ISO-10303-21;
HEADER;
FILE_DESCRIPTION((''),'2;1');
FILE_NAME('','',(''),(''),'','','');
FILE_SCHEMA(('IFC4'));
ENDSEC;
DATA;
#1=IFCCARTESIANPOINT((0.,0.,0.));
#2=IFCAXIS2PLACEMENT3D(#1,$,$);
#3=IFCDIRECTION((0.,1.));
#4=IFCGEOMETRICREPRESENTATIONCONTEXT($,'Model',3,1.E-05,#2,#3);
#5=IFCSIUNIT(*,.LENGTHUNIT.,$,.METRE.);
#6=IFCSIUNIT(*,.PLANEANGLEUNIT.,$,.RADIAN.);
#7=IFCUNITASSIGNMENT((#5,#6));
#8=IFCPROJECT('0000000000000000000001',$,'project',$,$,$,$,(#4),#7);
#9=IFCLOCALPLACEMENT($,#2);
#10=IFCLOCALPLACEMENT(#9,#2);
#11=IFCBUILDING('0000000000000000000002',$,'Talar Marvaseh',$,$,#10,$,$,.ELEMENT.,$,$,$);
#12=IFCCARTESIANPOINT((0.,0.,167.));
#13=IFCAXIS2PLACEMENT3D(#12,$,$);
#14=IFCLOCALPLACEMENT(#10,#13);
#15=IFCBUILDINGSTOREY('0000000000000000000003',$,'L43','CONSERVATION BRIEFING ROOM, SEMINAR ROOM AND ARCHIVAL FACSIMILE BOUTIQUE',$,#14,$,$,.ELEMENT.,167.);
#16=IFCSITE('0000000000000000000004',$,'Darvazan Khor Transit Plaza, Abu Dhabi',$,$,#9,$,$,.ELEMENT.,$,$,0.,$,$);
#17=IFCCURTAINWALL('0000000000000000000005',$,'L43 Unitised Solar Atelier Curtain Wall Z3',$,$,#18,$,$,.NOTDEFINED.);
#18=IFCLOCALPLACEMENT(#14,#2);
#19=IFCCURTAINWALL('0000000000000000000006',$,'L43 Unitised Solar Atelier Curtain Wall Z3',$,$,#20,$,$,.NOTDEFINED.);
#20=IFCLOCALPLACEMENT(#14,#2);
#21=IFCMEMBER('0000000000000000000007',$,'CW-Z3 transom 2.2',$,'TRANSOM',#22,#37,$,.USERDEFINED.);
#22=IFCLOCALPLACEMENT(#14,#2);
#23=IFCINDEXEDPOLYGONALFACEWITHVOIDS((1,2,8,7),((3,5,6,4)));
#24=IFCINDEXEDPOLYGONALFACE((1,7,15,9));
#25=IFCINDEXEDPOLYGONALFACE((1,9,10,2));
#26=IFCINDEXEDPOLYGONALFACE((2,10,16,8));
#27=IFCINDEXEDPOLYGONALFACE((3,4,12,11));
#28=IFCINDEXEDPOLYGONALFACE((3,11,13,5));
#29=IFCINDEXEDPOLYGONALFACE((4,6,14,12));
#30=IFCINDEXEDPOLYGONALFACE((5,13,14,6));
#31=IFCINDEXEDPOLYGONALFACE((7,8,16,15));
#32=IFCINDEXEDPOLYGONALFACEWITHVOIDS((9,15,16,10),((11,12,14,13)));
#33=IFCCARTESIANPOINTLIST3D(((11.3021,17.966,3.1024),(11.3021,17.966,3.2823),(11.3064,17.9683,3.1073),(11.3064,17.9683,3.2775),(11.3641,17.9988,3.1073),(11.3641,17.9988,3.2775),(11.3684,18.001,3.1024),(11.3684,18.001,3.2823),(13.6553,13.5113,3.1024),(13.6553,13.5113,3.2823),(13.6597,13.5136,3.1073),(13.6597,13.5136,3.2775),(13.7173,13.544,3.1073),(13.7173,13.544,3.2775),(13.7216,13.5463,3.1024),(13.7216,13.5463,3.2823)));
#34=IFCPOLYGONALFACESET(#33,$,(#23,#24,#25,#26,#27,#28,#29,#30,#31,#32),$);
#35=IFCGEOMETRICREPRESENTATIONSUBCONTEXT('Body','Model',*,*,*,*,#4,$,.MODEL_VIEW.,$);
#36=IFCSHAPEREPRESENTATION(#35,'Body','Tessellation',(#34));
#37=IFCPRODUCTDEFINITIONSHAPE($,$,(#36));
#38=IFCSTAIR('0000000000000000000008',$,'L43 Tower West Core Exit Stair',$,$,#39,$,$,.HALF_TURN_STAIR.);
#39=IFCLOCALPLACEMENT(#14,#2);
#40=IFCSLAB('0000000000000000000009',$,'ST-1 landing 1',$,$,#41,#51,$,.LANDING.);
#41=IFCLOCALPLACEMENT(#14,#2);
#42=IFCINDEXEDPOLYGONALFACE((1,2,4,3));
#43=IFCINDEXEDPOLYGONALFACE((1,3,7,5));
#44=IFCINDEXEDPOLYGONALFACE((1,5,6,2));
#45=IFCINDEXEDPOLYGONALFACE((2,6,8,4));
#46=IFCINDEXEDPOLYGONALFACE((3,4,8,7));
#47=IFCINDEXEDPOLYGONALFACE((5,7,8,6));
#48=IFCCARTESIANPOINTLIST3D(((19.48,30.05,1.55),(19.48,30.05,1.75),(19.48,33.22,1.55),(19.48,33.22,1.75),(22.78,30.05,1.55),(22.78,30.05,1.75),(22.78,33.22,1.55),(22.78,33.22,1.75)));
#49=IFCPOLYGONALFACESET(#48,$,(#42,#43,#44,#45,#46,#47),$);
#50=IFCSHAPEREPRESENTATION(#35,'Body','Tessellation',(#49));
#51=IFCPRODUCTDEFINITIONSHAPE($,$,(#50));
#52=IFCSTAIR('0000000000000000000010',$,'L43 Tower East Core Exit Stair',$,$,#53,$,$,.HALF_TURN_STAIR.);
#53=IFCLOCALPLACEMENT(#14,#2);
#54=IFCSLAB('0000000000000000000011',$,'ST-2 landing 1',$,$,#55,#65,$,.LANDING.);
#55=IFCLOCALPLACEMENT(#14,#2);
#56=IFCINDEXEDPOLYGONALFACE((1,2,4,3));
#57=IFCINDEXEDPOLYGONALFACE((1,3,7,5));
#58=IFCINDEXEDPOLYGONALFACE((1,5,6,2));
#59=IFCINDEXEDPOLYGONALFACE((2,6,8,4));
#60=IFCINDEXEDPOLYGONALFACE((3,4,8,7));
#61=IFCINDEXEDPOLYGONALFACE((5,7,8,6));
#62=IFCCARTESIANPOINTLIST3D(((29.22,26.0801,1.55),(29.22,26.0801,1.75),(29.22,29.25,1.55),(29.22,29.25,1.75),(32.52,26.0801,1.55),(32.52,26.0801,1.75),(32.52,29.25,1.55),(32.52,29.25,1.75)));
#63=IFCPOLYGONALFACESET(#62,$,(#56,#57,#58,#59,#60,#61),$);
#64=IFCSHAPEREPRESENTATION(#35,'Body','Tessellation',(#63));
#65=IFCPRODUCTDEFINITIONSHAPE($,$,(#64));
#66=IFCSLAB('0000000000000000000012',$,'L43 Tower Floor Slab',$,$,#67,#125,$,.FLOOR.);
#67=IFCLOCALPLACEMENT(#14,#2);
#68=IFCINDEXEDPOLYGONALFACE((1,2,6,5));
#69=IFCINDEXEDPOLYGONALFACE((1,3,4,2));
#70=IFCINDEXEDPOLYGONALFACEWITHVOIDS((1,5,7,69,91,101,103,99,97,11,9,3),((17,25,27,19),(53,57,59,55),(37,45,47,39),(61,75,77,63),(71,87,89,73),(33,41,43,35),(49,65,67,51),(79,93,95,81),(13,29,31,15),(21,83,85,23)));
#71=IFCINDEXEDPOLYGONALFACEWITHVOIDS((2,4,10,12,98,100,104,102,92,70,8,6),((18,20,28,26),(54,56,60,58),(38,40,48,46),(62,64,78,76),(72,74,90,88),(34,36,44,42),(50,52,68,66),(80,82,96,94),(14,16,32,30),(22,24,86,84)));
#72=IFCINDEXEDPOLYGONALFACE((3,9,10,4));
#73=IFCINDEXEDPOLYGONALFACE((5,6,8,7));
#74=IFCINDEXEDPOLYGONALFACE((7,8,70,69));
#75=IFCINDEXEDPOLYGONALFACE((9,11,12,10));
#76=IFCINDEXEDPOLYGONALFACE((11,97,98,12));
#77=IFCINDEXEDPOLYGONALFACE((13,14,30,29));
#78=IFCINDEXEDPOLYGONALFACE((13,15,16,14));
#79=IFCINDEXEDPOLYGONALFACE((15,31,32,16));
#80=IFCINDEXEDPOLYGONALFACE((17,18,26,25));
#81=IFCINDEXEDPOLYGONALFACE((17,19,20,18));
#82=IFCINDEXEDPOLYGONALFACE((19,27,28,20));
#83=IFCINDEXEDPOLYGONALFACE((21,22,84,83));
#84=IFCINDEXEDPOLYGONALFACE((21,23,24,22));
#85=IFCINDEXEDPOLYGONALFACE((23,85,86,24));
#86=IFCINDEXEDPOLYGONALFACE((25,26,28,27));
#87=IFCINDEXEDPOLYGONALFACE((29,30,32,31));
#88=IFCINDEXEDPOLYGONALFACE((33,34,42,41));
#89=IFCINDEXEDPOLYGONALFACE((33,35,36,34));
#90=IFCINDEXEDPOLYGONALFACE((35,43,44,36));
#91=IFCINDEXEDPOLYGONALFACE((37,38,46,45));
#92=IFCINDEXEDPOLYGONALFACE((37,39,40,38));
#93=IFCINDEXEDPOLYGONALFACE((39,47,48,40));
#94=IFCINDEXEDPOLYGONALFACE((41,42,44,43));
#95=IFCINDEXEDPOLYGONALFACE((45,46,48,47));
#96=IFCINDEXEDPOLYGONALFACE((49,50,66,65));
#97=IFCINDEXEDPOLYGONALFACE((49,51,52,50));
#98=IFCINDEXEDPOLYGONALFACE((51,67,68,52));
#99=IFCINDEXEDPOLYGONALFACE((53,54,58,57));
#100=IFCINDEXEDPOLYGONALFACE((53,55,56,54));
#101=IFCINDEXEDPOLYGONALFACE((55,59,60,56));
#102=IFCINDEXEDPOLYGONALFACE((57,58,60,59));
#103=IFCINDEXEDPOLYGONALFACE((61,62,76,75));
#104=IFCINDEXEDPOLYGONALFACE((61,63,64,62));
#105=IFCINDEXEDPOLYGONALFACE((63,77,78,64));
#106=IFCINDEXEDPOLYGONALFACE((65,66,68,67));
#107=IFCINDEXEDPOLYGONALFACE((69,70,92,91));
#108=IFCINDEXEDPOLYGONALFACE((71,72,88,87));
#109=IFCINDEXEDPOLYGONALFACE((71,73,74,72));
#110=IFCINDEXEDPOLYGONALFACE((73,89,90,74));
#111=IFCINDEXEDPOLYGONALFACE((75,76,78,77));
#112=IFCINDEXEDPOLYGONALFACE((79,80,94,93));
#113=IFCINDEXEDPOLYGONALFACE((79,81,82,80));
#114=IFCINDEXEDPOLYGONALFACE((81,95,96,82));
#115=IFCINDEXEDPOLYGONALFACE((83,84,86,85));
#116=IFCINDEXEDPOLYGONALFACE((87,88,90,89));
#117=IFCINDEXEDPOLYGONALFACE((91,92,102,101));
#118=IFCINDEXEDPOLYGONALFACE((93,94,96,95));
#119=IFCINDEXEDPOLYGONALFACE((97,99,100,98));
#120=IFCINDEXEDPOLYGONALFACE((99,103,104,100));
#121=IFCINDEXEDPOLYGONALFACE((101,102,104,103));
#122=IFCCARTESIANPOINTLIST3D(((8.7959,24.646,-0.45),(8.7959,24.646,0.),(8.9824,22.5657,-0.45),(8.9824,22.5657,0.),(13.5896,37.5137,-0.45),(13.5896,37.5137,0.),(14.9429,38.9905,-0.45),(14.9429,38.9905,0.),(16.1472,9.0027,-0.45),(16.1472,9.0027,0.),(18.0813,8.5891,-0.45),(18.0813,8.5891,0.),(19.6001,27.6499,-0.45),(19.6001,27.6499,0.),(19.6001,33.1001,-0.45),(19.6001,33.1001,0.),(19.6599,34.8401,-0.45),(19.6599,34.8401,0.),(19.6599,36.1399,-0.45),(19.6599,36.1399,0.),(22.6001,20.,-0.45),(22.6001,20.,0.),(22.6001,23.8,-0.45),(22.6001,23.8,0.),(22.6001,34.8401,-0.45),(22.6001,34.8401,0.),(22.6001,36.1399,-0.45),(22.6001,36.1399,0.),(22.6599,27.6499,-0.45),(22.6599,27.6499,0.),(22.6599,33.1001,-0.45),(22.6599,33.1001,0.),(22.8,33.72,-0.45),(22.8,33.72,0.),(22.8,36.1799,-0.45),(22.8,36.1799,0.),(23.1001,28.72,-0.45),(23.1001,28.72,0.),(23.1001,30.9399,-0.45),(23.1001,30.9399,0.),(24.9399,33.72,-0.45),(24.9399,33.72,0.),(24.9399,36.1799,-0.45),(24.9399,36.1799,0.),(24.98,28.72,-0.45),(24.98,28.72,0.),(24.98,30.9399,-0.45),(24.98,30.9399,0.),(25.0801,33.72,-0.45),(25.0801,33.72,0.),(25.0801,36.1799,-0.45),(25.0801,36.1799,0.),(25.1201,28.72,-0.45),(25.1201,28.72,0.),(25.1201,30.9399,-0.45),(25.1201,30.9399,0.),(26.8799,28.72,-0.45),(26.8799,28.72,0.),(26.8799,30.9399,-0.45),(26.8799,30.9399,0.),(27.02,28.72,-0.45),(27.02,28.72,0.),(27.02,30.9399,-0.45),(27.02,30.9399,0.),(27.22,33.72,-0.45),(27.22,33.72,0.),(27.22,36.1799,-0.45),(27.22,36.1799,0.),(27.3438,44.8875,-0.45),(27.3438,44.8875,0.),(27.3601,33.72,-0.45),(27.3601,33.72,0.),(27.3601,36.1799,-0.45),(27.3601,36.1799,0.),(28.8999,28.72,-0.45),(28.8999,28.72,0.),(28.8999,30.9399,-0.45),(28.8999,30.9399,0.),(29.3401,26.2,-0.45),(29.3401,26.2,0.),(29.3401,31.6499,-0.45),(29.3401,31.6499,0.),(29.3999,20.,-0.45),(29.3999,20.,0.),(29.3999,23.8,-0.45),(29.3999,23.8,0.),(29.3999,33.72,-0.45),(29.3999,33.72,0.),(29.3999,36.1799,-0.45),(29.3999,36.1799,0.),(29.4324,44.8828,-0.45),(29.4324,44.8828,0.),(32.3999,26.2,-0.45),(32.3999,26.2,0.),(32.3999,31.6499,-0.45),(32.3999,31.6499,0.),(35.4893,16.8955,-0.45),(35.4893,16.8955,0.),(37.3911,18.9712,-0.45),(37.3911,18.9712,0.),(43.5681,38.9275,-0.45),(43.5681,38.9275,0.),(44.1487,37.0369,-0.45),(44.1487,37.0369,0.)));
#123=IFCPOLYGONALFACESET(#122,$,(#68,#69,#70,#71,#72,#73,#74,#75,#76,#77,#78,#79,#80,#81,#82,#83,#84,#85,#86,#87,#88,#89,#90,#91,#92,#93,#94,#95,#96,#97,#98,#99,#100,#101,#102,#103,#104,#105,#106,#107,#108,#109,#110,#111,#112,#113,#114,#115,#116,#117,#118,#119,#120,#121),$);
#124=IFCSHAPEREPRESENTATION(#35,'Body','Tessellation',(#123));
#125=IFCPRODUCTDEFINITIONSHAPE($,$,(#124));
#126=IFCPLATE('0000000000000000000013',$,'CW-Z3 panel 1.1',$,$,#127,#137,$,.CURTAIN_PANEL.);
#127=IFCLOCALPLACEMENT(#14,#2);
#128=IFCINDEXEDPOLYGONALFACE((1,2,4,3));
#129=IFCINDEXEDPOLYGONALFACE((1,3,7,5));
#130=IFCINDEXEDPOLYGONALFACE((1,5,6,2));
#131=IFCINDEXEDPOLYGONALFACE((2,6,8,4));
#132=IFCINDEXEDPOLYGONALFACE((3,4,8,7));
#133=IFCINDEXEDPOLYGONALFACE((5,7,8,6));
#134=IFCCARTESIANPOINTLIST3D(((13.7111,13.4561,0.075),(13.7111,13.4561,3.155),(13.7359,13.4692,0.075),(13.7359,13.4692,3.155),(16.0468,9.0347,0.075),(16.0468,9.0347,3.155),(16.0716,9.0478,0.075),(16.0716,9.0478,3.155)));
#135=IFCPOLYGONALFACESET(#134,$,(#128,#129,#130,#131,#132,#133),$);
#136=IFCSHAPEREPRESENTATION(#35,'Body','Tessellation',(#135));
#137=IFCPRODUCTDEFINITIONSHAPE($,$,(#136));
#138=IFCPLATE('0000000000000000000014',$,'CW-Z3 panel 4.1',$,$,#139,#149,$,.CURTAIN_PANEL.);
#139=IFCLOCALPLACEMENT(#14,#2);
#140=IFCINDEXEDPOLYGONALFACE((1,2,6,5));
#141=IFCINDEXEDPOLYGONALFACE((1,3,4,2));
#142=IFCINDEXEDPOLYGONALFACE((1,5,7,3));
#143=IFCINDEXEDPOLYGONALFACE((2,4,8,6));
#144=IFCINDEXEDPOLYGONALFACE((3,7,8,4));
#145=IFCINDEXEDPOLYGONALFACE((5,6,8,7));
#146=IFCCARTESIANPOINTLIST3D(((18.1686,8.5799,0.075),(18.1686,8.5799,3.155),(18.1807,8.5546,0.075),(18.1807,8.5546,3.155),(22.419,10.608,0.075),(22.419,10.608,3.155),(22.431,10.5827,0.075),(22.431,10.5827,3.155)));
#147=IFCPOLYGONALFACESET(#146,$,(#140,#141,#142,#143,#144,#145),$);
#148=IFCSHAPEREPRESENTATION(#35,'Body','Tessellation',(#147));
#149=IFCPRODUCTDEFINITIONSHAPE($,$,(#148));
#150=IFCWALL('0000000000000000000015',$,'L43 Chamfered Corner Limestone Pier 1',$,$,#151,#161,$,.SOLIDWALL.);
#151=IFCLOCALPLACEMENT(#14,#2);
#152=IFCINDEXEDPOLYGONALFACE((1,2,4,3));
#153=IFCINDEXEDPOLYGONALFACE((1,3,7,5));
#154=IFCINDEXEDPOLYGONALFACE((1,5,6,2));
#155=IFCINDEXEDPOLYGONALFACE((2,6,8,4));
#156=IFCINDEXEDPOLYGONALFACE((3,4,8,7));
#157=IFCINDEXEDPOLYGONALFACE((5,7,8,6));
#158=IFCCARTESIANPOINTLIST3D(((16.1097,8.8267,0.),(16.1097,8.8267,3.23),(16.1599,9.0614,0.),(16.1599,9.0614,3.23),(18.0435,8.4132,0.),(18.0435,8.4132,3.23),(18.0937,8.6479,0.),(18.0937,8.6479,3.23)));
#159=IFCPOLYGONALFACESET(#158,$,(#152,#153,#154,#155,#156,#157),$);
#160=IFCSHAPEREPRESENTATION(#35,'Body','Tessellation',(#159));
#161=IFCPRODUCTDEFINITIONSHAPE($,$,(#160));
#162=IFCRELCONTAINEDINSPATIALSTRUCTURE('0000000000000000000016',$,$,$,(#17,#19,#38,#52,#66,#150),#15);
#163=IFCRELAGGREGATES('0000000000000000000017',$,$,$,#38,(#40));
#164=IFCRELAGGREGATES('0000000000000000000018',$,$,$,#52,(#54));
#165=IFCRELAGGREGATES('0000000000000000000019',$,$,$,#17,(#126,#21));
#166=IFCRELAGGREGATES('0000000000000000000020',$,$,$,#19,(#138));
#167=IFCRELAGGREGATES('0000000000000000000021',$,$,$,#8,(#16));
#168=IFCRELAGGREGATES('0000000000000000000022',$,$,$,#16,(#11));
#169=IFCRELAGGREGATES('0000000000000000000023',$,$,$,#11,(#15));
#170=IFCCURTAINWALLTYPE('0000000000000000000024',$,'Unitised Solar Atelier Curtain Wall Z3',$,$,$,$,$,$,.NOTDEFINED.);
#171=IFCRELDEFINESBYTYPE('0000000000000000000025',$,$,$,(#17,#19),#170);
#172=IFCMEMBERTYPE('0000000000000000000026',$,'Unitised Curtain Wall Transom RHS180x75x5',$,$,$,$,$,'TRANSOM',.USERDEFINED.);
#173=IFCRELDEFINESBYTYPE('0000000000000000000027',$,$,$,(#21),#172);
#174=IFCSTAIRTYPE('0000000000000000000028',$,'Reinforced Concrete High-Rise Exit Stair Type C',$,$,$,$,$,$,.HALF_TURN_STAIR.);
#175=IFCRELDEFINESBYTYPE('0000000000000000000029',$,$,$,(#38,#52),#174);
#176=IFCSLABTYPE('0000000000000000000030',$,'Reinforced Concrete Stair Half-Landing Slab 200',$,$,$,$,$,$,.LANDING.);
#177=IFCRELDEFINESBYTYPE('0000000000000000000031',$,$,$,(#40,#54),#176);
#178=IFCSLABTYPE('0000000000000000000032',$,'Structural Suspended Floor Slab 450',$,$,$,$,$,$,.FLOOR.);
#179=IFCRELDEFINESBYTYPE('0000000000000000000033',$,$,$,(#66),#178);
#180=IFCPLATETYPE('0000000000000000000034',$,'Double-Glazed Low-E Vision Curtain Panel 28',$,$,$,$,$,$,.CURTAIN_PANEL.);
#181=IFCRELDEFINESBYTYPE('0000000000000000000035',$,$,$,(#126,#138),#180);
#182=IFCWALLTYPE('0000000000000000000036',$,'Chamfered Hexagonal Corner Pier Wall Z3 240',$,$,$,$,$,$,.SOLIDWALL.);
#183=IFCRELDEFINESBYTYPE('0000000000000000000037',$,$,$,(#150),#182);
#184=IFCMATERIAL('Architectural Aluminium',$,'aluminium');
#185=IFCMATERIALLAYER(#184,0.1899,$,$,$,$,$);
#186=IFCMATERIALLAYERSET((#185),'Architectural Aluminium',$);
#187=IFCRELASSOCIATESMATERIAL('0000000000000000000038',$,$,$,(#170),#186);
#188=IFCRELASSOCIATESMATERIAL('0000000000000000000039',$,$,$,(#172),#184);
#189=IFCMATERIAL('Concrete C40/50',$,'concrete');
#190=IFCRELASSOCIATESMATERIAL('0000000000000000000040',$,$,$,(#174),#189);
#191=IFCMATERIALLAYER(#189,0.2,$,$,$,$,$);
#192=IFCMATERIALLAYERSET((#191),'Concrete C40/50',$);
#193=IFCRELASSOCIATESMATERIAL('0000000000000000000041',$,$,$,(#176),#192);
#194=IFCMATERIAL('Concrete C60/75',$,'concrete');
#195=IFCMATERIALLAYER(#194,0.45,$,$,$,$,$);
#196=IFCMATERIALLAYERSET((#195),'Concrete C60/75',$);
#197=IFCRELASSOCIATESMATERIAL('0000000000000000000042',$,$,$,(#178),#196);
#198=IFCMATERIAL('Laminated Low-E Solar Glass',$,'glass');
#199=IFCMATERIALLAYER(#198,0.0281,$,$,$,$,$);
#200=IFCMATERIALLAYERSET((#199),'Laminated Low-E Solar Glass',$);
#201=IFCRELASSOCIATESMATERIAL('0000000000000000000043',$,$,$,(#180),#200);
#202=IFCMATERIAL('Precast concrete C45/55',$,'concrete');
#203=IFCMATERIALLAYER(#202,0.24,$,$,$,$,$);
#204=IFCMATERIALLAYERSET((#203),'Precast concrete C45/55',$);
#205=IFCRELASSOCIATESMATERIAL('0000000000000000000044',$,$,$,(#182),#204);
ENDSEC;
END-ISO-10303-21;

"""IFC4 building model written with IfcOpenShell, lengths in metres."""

from ifc_helpers import new_model, si_unit, direction, frame, frame_2d, origin, origin_2d, place, context, subcontext, project, spatial, polyline, rectangle, hollow_rectangle, outline, extrude, source, transform, mapped, material, layer, layer_set, material_profile, profile_set, type_object, type_shapes, element, aggregate, save


model = new_model("IFC4")

# Units and contexts
model_context = context("Model", 3, precision=1e-05, world=origin(), true_north=direction((0.0, 1.0)))
body_context = subcontext(model_context, "Body", "Model", "MODEL_VIEW")
ifc_project = project(units=[si_unit("LENGTHUNIT", "METRE"), si_unit("PLANEANGLEUNIT", "RADIAN")], contexts=[model_context])

# Site, building, storey
site_placement = place(None, origin())
site = spatial("IfcSite", under=ifc_project, at=site_placement, Name="Darvazan Khor Transit Plaza, Abu Dhabi", CompositionType="ELEMENT", RefElevation=0.0)
building_placement = place(site_placement, origin())
building = spatial("IfcBuilding", under=site, at=building_placement, Name="Talar Marvaseh", CompositionType="ELEMENT")
storey_placement = place(building_placement, frame((0.0, 0.0, 167.0)))
storey = spatial("IfcBuildingStorey", under=building, at=storey_placement, Name="L43", Description="CONSERVATION BRIEFING ROOM, SEMINAR ROOM AND ARCHIVAL FACSIMILE BOUTIQUE", CompositionType="ELEMENT", Elevation=167.0)

# Shared definitions
ifc_material_1 = material(Name="Concrete C60/75", Category="concrete")

# Curtain wall
ifc_material_2 = material(Name="Architectural Aluminium", Category="aluminium")
ifc_layer_1 = layer(ifc_material_2, 0.1899)
ifc_layer_set_1 = layer_set([ifc_layer_1], Name="Architectural Aluminium")
curtain_wall_type = type_object("IfcCurtainWallType", Name="Unitised Solar Atelier Curtain Wall Z3", PredefinedType="NOTDEFINED", material=ifc_layer_set_1)
curtain_wall_1_placement = place(storey_placement, origin())
curtain_wall_1 = element("IfcCurtainWall", 1, at=curtain_wall_1_placement, inside=storey, type_object=curtain_wall_type, Name="L43 Unitised Solar Atelier Curtain Wall Z3", PredefinedType="NOTDEFINED")

# Curtain wall
curtain_wall_2_placement = place(storey_placement, origin())
curtain_wall_2 = element("IfcCurtainWall", 2, at=curtain_wall_2_placement, inside=storey, type_object=curtain_wall_type, Name="L43 Unitised Solar Atelier Curtain Wall Z3", PredefinedType="NOTDEFINED")

# Member
ifc_material_profile_1 = material_profile(ifc_material_2, hollow_rectangle(XDim=0.075, YDim=0.1799, WallThickness=0.0049, at=origin_2d()), Name="RHS180x75x5")
ifc_profile_set_1 = profile_set([ifc_material_profile_1], Name="Architectural Aluminium")
member_type_1 = type_object("IfcMemberType", Name="Unitised Curtain Wall Transom RHS180x75x5", ElementType="TRANSOM", PredefinedType="USERDEFINED", material=ifc_profile_set_1)
shared_shape_1 = source(origin(), body_context, "Body", "SweptSolid", [
    extrude(hollow_rectangle(XDim=0.075, YDim=0.1799, WallThickness=0.0049, at=origin_2d()), origin(), (0.0, 0.0, 1.0), 5.0381),
])
member_1_placement = place(storey_placement, frame((13.6885, 13.5288, 3.1924), z_axis=(-0.467086, 0.884212, 0.0), x_axis=(-0.884212, -0.467086, 0.0)))
member_1 = element("IfcMember", 3, at=member_1_placement, type_object=member_type_1, Name="CW-Z3 transom 2.2", ObjectType="TRANSOM", PredefinedType="USERDEFINED", context=body_context, shape_type="MappedRepresentation", body=[
    mapped(shared_shape_1, transform((0.0, 0.0, 0.0), x_axis=(1.0, 0.0, 0.0), y_axis=(0.0, 1.0, 0.0), z_axis=(0.0, 0.0, 1.0), scale=1.0)),
])

# Stairs, slabs
ifc_material_3 = material(Name="Concrete C40/50", Category="concrete")
stair_type = type_object("IfcStairType", Name="Reinforced Concrete High-Rise Exit Stair Type C", PredefinedType="HALF_TURN_STAIR", material=ifc_material_3)
stair_1_placement = place(storey_placement, origin())
stair_1 = element("IfcStair", 4, at=stair_1_placement, inside=storey, type_object=stair_type, Name="L43 Tower West Core Exit Stair", PredefinedType="HALF_TURN_STAIR")
ifc_layer_2 = layer(ifc_material_3, 0.2)
ifc_layer_set_2 = layer_set([ifc_layer_2], Name="Concrete C40/50")
slab_type_1 = type_object("IfcSlabType", Name="Reinforced Concrete Stair Half-Landing Slab 200", PredefinedType="LANDING", material=ifc_layer_set_2)
slab_1_placement = place(storey_placement, frame((0.0, 0.0, 1.55)))
slab_1 = element("IfcSlab", 5, at=slab_1_placement, type_object=slab_type_1, Name="ST-1 landing 1", PredefinedType="LANDING", context=body_context, shape_type="SweptSolid", body=[
    extrude(outline(polyline([(22.78, 30.05), (22.78, 33.22), (19.48, 33.22), (19.48, 30.05), (22.78, 30.05)])), origin(), (0.0, 0.0, 1.0), 0.2),
])
aggregate(stair_1, [slab_1])
stair_2_placement = place(storey_placement, origin())
stair_2 = element("IfcStair", 6, at=stair_2_placement, inside=storey, type_object=stair_type, Name="L43 Tower East Core Exit Stair", PredefinedType="HALF_TURN_STAIR")
slab_2_placement = place(storey_placement, frame((0.0, 0.0, 1.55)))
slab_2 = element("IfcSlab", 7, at=slab_2_placement, type_object=slab_type_1, Name="ST-2 landing 1", PredefinedType="LANDING", context=body_context, shape_type="SweptSolid", body=[
    extrude(outline(polyline([(29.22, 29.25), (29.22, 26.0801), (32.52, 26.0801), (32.52, 29.25), (29.22, 29.25)])), origin(), (0.0, 0.0, 1.0), 0.2),
])
aggregate(stair_2, [slab_2])

# Slab
ifc_layer_3 = layer(ifc_material_1, 0.45)
ifc_layer_set_3 = layer_set([ifc_layer_3], Name="Concrete C60/75")
slab_type_2 = type_object("IfcSlabType", Name="Structural Suspended Floor Slab 450", PredefinedType="FLOOR", material=ifc_layer_set_3)
slab_3_placement = place(storey_placement, frame((0.0, 0.0, -0.45)))
element("IfcSlab", 8, at=slab_3_placement, inside=storey, type_object=slab_type_2, Name="L43 Tower Floor Slab", PredefinedType="FLOOR", context=body_context, shape_type="SweptSolid", body=[
    extrude(outline(polyline([(18.0813, 8.5891), (16.1472, 9.0027), (8.9824, 22.5657), (8.7959, 24.646), (13.5896, 37.5137), (14.9429, 38.9905), (27.3438, 44.8875), (29.4324, 44.8828), (43.5681, 38.9275), (44.1487, 37.0369), (37.3911, 18.9712), (35.4893, 16.8955), (18.0813, 8.5891)]), holes=[polyline([(22.6599, 27.6499), (22.6599, 33.1001), (19.6001, 33.1001), (19.6001, 27.6499), (22.6599, 27.6499)]), polyline([(29.3401, 31.6499), (29.3401, 26.2), (32.3999, 26.2), (32.3999, 31.6499), (29.3401, 31.6499)]), polyline([(22.8, 33.72), (24.9399, 33.72), (24.9399, 36.1799), (22.8, 36.1799), (22.8, 33.72)]), polyline([(25.0801, 33.72), (27.22, 33.72), (27.22, 36.1799), (25.0801, 36.1799), (25.0801, 33.72)]), polyline([(27.3601, 33.72), (29.3999, 33.72), (29.3999, 36.1799), (27.3601, 36.1799), (27.3601, 33.72)]), polyline([(23.1001, 28.72), (24.98, 28.72), (24.98, 30.9399), (23.1001, 30.9399), (23.1001, 28.72)]), polyline([(25.1201, 28.72), (26.8799, 28.72), (26.8799, 30.9399), (25.1201, 30.9399), (25.1201, 28.72)]), polyline([(27.02, 28.72), (28.8999, 28.72), (28.8999, 30.9399), (27.02, 30.9399), (27.02, 28.72)]), polyline([(19.6599, 34.8401), (22.6001, 34.8401), (22.6001, 36.1399), (19.6599, 36.1399), (19.6599, 34.8401)]), polyline([(22.6001, 20.0), (29.3999, 20.0), (29.3999, 23.8), (22.6001, 23.8), (22.6001, 20.0)])]), origin(), (0.0, 0.0, 1.0), 0.45),
])

# Plates
ifc_material_4 = material(Name="Laminated Low-E Solar Glass", Category="glass")
ifc_layer_4 = layer(ifc_material_4, 0.0281)
ifc_layer_set_4 = layer_set([ifc_layer_4], Name="Laminated Low-E Solar Glass")
plate_type = type_object("IfcPlateType", Name="Double-Glazed Low-E Vision Curtain Panel 28", PredefinedType="CURTAIN_PANEL", material=ifc_layer_set_4)
shared_shape_2 = source(origin(), body_context, "Body", "SweptSolid", [
    extrude(rectangle(XDim=5.0005, YDim=0.0281, at=origin_2d()), origin(), (0.0, 0.0, 1.0), 3.0801),
])
plate_1_placement = place(storey_placement, frame((14.8914, 11.252, 0.075), z_axis=(0.0, 0.0, 1.0), x_axis=(-0.4671, 0.884204, 0.0)))
plate_1 = element("IfcPlate", 9, at=plate_1_placement, type_object=plate_type, Name="CW-Z3 panel 1.1", PredefinedType="CURTAIN_PANEL", context=body_context, shape_type="MappedRepresentation", body=[
    mapped(shared_shape_2, transform((0.0, 0.0, 0.0), x_axis=(1.0, 0.0, 0.0), y_axis=(0.0, 1.0, 0.0), z_axis=(0.0, 0.0, 1.0), scale=1.0)),
])
aggregate(curtain_wall_1, [plate_1, member_1])
shared_shape_3 = source(origin(), body_context, "Body", "SweptSolid", [
    extrude(rectangle(XDim=4.7095, YDim=0.0281, at=origin_2d()), origin(), (0.0, 0.0, 1.0), 3.0801),
])
type_shapes(plate_type, [shared_shape_2, shared_shape_3])
plate_2_placement = place(storey_placement, frame((20.2998, 9.5813, 0.075), z_axis=(0.0, 0.0, 1.0), x_axis=(-0.902519, -0.430651, 0.0)))
plate_2 = element("IfcPlate", 10, at=plate_2_placement, type_object=plate_type, Name="CW-Z3 panel 4.1", PredefinedType="CURTAIN_PANEL", context=body_context, shape_type="MappedRepresentation", body=[
    mapped(shared_shape_3, transform((0.0, 0.0, 0.0), x_axis=(1.0, 0.0, 0.0), y_axis=(0.0, 1.0, 0.0), z_axis=(0.0, 0.0, 1.0), scale=1.0)),
])
aggregate(curtain_wall_2, [plate_2])

# Wall
ifc_material_5 = material(Name="Precast concrete C45/55", Category="concrete")
ifc_layer_5 = layer(ifc_material_5, 0.24)
ifc_layer_set_5 = layer_set([ifc_layer_5], Name="Precast concrete C45/55")
wall_type = type_object("IfcWallType", Name="Chamfered Hexagonal Corner Pier Wall Z3 240", PredefinedType="SOLIDWALL", material=ifc_layer_set_5)
wall_placement = place(storey_placement, frame((18.0686, 8.5305, 0.0), z_axis=(0.0, 0.0, 1.0), x_axis=(-0.977887, 0.209133, 0.0)))
element("IfcWall", 11, at=wall_placement, inside=storey, type_object=wall_type, Name="L43 Chamfered Corner Limestone Pier 1", PredefinedType="SOLIDWALL", context=body_context, shape_type="SweptSolid", body=[
    extrude(rectangle(XDim=1.9775, YDim=0.24, at=frame_2d((0.9888, 0.0))), origin(), (0.0, 0.0, 1.0), 3.23),
])

save(model, "model.ifc")
